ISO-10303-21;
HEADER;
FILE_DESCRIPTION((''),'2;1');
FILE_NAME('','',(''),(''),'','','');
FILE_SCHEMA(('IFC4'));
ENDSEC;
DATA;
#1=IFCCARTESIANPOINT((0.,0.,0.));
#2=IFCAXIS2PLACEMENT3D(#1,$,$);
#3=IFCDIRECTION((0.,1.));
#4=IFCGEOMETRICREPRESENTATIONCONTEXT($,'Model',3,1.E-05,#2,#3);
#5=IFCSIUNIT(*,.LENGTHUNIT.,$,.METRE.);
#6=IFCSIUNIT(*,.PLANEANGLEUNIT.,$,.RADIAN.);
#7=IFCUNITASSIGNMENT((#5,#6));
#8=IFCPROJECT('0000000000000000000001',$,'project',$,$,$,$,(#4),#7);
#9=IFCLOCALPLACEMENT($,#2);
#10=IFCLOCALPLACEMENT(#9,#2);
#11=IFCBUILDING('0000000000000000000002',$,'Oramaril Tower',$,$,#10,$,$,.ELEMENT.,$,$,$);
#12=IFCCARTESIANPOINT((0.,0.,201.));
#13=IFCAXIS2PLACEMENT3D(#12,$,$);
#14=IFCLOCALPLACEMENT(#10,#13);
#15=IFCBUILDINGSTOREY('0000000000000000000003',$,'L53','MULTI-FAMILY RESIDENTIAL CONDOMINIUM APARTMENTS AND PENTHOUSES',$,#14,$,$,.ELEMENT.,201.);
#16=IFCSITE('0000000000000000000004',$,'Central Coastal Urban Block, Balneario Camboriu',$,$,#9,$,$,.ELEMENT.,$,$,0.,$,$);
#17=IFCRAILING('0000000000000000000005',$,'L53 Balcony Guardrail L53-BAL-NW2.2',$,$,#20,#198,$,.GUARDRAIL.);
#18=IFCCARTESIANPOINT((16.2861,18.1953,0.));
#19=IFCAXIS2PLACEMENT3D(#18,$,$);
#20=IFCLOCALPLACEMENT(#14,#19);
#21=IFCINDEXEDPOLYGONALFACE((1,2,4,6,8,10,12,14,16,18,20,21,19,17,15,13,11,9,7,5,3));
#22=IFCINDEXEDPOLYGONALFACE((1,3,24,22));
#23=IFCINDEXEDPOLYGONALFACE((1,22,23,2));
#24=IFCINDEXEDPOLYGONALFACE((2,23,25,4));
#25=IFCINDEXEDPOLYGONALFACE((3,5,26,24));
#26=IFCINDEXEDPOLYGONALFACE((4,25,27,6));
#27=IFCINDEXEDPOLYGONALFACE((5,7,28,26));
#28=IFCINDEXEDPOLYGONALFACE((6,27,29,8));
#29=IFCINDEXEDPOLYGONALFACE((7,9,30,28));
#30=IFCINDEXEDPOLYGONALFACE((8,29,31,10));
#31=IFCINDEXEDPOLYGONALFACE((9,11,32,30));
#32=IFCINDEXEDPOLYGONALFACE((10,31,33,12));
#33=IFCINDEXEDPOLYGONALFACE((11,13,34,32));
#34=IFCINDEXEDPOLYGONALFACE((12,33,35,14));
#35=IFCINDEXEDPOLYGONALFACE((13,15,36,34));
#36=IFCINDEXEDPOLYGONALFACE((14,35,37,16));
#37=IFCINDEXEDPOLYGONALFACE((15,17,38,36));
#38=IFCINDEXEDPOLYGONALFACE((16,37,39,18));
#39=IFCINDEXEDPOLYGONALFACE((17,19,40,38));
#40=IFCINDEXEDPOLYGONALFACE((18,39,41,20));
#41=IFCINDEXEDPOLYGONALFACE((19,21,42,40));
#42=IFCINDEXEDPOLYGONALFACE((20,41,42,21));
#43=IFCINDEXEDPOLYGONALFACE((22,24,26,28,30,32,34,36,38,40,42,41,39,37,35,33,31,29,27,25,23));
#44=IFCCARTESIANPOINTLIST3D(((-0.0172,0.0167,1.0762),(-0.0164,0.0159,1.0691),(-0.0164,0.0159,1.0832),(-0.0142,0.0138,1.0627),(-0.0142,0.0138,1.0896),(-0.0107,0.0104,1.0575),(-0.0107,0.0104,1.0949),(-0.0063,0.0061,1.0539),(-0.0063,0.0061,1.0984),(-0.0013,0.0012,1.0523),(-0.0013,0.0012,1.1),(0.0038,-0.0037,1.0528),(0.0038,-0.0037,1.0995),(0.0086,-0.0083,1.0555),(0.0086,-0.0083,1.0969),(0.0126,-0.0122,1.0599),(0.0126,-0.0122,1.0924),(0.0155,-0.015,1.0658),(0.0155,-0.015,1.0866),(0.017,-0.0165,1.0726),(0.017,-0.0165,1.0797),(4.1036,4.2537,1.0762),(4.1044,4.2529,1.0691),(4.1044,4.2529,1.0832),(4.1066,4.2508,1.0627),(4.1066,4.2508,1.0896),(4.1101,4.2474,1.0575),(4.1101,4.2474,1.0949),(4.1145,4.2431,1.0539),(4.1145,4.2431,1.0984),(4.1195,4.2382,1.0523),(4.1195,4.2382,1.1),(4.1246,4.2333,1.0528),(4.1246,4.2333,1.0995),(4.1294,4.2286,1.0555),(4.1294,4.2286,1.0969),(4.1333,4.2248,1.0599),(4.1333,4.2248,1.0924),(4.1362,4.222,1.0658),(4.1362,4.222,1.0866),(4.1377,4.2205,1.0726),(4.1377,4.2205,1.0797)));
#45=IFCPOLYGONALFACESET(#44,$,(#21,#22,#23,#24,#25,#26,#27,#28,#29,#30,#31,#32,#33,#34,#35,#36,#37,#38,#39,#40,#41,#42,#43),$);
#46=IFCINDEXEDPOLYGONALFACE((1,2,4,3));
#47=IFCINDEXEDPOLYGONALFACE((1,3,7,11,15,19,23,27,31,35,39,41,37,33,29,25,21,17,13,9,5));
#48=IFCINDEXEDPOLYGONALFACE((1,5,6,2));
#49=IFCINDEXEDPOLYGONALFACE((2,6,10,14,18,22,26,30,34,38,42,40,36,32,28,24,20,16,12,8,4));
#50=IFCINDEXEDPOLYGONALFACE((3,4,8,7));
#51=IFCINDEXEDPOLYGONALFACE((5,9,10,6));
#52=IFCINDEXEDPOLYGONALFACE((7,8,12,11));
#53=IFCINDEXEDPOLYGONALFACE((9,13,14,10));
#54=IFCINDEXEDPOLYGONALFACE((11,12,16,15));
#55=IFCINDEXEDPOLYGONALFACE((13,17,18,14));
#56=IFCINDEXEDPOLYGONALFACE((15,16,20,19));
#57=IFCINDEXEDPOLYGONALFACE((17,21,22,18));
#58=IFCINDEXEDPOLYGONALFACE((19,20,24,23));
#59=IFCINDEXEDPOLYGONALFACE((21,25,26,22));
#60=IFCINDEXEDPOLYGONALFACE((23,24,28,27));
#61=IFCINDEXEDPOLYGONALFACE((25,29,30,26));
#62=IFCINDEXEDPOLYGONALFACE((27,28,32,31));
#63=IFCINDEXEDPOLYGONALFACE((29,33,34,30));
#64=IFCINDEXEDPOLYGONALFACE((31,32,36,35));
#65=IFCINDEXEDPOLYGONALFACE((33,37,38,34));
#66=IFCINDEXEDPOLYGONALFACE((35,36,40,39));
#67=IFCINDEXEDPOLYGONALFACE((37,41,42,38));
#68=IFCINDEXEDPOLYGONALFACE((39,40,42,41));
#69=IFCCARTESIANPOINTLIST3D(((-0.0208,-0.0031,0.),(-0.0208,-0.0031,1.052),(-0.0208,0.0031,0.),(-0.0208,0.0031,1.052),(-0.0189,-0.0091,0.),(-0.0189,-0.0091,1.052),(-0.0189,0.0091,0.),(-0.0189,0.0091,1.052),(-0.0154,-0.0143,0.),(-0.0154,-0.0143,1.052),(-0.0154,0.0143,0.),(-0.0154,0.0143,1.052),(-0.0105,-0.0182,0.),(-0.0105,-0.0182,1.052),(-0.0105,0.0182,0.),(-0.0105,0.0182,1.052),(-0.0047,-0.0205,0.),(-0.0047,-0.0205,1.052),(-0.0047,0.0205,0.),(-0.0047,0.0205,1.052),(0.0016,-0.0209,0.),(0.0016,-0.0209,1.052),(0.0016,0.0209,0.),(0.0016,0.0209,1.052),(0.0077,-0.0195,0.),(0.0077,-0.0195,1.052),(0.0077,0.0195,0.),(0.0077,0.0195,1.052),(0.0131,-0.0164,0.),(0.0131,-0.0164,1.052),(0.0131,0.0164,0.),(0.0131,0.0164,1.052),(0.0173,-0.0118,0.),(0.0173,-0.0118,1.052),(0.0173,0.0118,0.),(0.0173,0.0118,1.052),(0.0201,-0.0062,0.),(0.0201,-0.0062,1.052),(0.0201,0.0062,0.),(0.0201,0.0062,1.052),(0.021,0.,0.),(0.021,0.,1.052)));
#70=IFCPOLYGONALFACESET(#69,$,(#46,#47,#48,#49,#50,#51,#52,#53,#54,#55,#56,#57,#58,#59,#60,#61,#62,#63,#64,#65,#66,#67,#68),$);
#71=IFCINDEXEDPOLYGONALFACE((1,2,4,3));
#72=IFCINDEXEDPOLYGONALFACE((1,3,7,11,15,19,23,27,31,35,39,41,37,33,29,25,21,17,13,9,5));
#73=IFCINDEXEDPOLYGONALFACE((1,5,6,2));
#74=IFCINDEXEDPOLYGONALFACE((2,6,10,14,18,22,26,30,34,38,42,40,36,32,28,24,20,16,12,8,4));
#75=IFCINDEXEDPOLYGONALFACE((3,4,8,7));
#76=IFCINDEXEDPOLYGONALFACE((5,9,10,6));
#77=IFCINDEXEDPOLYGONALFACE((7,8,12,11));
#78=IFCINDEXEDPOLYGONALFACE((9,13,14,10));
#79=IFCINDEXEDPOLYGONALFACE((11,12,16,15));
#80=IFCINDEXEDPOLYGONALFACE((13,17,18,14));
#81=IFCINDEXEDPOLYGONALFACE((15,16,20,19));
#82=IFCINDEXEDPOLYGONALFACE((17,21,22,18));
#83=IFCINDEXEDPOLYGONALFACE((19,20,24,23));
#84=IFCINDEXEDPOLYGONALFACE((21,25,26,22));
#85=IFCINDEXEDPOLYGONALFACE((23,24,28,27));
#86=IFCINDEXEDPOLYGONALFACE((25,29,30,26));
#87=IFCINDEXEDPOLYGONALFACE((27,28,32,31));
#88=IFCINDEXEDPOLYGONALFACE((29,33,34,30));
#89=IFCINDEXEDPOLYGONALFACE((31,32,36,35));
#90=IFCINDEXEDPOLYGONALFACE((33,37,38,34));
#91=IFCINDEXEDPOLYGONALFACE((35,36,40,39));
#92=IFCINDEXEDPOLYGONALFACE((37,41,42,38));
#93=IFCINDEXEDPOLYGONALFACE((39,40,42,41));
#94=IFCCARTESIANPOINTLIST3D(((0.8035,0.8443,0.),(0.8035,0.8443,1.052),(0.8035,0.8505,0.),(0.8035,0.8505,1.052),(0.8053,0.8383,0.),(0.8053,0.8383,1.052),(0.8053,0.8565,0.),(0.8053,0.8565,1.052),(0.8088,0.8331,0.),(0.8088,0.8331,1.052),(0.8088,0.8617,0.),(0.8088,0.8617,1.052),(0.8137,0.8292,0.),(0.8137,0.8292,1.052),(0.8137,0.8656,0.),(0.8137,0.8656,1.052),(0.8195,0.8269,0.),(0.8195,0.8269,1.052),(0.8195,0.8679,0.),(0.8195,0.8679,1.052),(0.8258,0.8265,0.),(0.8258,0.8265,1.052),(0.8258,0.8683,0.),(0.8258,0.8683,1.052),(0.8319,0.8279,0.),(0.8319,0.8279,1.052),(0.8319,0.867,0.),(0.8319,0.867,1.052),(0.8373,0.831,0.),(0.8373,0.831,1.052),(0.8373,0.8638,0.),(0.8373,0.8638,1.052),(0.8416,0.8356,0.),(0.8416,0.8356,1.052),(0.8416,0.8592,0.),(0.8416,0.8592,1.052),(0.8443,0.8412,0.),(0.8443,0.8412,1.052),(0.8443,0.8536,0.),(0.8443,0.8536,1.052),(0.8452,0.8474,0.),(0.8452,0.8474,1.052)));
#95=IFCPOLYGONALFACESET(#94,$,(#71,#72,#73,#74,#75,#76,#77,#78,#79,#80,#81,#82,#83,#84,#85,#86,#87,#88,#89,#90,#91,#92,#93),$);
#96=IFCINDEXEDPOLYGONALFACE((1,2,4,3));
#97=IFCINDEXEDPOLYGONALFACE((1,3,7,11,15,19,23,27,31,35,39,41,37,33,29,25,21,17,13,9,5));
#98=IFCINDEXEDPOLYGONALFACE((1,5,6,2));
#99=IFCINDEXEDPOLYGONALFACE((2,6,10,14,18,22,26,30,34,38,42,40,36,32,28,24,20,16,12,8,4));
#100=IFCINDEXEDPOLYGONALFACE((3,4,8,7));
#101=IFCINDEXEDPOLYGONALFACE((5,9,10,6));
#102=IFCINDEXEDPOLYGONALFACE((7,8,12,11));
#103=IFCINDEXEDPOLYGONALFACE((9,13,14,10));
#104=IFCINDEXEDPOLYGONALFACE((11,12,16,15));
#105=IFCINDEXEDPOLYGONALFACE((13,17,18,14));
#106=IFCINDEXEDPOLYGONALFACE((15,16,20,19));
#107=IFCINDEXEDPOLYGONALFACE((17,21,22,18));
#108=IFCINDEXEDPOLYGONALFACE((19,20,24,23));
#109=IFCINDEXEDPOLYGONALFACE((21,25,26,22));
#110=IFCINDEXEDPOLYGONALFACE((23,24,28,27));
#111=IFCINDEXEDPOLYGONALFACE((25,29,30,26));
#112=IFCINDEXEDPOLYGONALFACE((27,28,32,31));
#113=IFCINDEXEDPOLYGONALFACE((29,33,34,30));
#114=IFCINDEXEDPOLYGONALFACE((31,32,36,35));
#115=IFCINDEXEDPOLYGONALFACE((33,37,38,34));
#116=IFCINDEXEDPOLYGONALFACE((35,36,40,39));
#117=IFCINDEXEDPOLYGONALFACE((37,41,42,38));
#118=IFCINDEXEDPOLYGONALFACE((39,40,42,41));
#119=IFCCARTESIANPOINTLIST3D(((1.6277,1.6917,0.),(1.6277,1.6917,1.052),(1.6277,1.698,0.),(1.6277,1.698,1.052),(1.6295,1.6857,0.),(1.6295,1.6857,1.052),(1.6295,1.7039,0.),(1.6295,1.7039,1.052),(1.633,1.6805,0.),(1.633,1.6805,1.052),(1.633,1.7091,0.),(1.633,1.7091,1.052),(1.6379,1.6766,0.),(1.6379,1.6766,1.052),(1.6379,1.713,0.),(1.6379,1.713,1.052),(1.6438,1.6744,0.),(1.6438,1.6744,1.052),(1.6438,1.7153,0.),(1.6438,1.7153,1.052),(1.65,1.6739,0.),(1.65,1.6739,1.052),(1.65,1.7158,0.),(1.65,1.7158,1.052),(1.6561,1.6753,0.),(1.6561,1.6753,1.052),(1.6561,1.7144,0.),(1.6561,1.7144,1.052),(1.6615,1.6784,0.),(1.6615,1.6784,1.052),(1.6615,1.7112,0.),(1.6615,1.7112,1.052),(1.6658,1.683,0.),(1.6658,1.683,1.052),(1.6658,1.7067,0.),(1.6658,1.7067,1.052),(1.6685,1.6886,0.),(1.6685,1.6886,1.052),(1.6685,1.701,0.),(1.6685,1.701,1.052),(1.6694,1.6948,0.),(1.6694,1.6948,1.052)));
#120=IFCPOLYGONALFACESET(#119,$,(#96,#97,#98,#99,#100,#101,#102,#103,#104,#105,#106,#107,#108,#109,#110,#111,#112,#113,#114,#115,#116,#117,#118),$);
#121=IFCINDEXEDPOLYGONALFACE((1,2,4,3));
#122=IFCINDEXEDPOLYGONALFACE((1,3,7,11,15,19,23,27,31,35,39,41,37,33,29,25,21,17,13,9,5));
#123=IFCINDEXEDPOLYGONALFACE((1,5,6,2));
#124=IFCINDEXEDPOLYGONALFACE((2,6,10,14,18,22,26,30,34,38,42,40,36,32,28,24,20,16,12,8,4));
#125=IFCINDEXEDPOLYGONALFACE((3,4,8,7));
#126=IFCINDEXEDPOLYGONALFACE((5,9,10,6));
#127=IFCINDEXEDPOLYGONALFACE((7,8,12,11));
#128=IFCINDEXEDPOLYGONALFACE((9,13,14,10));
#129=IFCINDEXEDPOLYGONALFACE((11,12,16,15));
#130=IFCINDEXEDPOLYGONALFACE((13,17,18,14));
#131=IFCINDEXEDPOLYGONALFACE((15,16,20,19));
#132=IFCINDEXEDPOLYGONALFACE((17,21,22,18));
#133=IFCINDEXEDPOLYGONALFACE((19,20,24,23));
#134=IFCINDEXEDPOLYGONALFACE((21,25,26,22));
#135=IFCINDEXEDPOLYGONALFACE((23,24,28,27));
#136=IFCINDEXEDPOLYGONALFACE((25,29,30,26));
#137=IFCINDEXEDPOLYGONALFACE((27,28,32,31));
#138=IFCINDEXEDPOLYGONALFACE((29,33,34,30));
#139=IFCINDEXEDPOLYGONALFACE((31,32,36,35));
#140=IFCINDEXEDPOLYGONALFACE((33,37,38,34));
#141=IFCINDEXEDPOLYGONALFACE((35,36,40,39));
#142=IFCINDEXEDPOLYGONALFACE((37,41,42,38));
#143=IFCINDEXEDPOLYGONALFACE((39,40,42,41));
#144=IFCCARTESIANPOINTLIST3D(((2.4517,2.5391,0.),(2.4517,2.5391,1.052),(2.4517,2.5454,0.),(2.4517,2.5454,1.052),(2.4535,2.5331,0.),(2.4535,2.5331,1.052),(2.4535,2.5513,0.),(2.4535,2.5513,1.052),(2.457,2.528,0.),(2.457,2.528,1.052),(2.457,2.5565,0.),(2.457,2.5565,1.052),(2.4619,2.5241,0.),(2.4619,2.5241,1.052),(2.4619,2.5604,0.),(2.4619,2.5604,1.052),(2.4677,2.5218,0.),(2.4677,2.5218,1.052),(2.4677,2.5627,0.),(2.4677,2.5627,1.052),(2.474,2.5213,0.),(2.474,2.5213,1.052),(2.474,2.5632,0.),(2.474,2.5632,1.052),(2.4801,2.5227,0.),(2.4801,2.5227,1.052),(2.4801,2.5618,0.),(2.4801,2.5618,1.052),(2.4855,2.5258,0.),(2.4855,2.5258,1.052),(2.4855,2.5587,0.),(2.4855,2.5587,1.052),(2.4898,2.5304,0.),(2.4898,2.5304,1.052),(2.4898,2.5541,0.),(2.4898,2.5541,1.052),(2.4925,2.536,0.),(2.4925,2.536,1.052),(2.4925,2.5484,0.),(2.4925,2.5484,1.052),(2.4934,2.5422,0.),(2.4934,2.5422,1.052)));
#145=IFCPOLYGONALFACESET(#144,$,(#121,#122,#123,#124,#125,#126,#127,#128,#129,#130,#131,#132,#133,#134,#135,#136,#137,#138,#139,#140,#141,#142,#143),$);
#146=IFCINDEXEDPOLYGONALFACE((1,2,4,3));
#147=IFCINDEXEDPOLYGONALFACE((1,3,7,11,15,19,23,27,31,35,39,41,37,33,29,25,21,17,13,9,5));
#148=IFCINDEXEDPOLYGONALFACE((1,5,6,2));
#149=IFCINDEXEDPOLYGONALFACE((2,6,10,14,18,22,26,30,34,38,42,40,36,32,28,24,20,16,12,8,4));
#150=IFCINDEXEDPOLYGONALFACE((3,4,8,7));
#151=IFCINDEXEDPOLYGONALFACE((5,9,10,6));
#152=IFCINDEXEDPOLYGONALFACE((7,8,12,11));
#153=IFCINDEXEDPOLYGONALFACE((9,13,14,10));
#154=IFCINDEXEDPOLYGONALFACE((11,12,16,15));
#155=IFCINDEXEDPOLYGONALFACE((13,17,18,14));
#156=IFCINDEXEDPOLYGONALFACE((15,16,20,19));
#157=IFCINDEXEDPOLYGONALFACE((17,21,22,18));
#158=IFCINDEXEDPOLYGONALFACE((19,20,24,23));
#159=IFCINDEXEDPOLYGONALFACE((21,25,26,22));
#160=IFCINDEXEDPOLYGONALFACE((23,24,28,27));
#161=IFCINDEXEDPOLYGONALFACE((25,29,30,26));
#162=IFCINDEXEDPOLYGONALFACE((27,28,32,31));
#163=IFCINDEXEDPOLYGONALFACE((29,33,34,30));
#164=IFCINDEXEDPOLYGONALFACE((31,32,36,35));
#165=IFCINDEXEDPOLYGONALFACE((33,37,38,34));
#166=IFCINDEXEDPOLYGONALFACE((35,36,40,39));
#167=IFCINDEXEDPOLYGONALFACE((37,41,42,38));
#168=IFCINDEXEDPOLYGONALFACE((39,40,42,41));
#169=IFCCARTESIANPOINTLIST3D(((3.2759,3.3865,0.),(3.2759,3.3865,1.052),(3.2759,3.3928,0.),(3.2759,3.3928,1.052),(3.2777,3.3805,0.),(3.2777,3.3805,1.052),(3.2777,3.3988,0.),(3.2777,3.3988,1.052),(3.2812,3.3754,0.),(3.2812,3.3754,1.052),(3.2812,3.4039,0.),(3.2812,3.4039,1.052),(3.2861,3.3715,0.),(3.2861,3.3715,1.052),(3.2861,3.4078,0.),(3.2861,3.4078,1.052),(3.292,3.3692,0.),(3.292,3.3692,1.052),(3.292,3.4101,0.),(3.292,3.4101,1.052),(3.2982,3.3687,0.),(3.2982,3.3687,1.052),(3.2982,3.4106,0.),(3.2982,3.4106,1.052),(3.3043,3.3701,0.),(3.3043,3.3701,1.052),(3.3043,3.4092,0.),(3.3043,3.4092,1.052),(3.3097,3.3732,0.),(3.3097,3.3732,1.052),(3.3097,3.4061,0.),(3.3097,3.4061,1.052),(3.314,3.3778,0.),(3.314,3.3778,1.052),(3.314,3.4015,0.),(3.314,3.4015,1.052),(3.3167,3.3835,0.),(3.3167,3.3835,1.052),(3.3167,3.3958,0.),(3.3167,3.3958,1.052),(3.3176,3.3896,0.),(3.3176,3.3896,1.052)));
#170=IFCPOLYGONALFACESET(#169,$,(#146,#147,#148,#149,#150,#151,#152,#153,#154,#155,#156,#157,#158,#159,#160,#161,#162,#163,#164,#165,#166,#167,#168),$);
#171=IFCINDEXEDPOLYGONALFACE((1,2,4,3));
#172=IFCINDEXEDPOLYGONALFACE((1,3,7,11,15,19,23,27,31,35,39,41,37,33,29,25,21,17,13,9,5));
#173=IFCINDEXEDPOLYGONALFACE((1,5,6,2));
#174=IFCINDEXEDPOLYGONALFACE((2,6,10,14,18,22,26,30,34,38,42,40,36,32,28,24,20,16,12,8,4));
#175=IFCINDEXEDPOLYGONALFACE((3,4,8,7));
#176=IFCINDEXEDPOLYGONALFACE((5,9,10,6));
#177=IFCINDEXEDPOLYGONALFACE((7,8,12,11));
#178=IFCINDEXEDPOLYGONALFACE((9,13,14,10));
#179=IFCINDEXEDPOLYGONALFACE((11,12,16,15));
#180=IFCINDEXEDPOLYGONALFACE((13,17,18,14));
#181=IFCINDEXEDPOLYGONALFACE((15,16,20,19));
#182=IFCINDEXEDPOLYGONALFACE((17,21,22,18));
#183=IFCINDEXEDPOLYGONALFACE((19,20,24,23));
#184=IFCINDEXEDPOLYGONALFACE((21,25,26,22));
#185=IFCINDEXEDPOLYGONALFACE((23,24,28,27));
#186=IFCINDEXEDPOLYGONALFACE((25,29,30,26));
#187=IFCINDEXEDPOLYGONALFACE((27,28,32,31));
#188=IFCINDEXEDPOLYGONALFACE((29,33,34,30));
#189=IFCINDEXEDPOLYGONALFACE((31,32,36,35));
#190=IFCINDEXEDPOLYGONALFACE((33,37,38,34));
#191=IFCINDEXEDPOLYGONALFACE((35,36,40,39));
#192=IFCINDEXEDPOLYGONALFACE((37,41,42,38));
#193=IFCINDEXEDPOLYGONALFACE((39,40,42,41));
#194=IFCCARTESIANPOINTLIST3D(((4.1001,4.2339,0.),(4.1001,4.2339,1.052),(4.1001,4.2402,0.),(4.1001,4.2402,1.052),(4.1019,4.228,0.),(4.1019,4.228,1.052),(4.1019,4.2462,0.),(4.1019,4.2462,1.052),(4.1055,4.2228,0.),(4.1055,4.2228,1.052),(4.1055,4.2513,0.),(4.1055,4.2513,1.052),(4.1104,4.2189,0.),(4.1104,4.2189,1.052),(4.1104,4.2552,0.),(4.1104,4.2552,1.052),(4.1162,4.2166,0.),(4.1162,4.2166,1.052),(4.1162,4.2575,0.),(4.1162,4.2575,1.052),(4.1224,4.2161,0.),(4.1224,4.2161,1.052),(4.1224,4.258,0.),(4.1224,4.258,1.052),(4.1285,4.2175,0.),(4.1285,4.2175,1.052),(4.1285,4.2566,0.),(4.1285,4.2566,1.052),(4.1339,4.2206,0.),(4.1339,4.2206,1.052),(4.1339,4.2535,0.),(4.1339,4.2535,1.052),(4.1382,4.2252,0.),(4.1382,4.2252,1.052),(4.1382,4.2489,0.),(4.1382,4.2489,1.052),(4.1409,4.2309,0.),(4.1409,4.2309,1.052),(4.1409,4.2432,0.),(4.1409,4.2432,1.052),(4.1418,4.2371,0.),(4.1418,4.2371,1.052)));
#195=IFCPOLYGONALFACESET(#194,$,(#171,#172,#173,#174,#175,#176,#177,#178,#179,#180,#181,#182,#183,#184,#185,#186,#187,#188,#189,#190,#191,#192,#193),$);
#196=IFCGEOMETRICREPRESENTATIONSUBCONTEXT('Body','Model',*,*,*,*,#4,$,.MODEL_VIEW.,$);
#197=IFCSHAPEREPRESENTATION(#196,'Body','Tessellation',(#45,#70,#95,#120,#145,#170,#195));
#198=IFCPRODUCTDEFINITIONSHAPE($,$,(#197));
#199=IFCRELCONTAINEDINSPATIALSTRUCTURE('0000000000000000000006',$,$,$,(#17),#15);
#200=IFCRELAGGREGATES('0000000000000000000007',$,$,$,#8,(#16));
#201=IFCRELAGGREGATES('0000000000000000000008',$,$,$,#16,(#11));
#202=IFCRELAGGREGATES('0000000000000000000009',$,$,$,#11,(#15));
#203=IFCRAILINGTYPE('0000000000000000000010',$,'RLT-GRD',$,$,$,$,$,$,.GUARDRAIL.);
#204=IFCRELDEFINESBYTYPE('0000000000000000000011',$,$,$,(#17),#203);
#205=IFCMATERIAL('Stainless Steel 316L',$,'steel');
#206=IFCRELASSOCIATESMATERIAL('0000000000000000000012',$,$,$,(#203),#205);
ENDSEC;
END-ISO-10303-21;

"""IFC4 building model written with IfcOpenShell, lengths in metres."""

from ifc_helpers import new_model, si_unit, direction, frame, origin, origin_2d, place, context, subcontext, project, spatial, circle, extrude, material, type_object, element, save


model = new_model("IFC4")

# Units and contexts
model_context = context("Model", 3, precision=1e-05, world=origin(), true_north=direction((0.0, 1.0)))
body_context = subcontext(model_context, "Body", "Model", "MODEL_VIEW")
ifc_project = project(units=[si_unit("LENGTHUNIT", "METRE"), si_unit("PLANEANGLEUNIT", "RADIAN")], contexts=[model_context])

# Site, building, storey
site_placement = place(None, origin())
site = spatial("IfcSite", under=ifc_project, at=site_placement, Name="Central Coastal Urban Block, Balneario Camboriu", CompositionType="ELEMENT", RefElevation=0.0)
building_placement = place(site_placement, origin())
building = spatial("IfcBuilding", under=site, at=building_placement, Name="Oramaril Tower", CompositionType="ELEMENT")
storey_placement = place(building_placement, frame((0.0, 0.0, 201.0)))
storey = spatial("IfcBuildingStorey", under=building, at=storey_placement, Name="L53", Description="MULTI-FAMILY RESIDENTIAL CONDOMINIUM APARTMENTS AND PENTHOUSES", CompositionType="ELEMENT", Elevation=201.0)

# Railing
ifc_material_1 = material(Name="Stainless Steel 316L", Category="steel")
railing_type = type_object("IfcRailingType", Name="RLT-GRD", PredefinedType="GUARDRAIL", material=ifc_material_1)
railing_1_placement = place(storey_placement, frame((16.2861, 18.1953, 0.0)))
element("IfcRailing", 1, at=railing_1_placement, inside=storey, type_object=railing_type, Name="L53 Balcony Guardrail L53-BAL-NW2.2", PredefinedType="GUARDRAIL", context=body_context, shape_type="SweptSolid", body=[
    extrude(circle(Radius=0.0239, at=origin_2d()), frame((0.0, 0.0, 1.0762), z_axis=(0.697208, 0.716869, 0.0), x_axis=(-0.716869, 0.697208, 0.0)), (0.0, 0.0, 1.0), 5.9104),
    extrude(circle(Radius=0.021, at=origin_2d()), origin(), (0.0, 0.0, 1.0), 1.052),
    extrude(circle(Radius=0.021, at=origin_2d()), frame((0.8242, 0.8474, 0.0)), (0.0, 0.0, 1.0), 1.052),
    extrude(circle(Radius=0.021, at=origin_2d()), frame((1.6484, 1.6948, 0.0)), (0.0, 0.0, 1.0), 1.052),
    extrude(circle(Radius=0.021, at=origin_2d()), frame((2.4724, 2.5422, 0.0)), (0.0, 0.0, 1.0), 1.052),
    extrude(circle(Radius=0.021, at=origin_2d()), frame((3.2966, 3.3896, 0.0)), (0.0, 0.0, 1.0), 1.052),
    extrude(circle(Radius=0.021, at=origin_2d()), frame((4.1208, 4.2371, 0.0)), (0.0, 0.0, 1.0), 1.052),
])

save(model, "model.ifc")
